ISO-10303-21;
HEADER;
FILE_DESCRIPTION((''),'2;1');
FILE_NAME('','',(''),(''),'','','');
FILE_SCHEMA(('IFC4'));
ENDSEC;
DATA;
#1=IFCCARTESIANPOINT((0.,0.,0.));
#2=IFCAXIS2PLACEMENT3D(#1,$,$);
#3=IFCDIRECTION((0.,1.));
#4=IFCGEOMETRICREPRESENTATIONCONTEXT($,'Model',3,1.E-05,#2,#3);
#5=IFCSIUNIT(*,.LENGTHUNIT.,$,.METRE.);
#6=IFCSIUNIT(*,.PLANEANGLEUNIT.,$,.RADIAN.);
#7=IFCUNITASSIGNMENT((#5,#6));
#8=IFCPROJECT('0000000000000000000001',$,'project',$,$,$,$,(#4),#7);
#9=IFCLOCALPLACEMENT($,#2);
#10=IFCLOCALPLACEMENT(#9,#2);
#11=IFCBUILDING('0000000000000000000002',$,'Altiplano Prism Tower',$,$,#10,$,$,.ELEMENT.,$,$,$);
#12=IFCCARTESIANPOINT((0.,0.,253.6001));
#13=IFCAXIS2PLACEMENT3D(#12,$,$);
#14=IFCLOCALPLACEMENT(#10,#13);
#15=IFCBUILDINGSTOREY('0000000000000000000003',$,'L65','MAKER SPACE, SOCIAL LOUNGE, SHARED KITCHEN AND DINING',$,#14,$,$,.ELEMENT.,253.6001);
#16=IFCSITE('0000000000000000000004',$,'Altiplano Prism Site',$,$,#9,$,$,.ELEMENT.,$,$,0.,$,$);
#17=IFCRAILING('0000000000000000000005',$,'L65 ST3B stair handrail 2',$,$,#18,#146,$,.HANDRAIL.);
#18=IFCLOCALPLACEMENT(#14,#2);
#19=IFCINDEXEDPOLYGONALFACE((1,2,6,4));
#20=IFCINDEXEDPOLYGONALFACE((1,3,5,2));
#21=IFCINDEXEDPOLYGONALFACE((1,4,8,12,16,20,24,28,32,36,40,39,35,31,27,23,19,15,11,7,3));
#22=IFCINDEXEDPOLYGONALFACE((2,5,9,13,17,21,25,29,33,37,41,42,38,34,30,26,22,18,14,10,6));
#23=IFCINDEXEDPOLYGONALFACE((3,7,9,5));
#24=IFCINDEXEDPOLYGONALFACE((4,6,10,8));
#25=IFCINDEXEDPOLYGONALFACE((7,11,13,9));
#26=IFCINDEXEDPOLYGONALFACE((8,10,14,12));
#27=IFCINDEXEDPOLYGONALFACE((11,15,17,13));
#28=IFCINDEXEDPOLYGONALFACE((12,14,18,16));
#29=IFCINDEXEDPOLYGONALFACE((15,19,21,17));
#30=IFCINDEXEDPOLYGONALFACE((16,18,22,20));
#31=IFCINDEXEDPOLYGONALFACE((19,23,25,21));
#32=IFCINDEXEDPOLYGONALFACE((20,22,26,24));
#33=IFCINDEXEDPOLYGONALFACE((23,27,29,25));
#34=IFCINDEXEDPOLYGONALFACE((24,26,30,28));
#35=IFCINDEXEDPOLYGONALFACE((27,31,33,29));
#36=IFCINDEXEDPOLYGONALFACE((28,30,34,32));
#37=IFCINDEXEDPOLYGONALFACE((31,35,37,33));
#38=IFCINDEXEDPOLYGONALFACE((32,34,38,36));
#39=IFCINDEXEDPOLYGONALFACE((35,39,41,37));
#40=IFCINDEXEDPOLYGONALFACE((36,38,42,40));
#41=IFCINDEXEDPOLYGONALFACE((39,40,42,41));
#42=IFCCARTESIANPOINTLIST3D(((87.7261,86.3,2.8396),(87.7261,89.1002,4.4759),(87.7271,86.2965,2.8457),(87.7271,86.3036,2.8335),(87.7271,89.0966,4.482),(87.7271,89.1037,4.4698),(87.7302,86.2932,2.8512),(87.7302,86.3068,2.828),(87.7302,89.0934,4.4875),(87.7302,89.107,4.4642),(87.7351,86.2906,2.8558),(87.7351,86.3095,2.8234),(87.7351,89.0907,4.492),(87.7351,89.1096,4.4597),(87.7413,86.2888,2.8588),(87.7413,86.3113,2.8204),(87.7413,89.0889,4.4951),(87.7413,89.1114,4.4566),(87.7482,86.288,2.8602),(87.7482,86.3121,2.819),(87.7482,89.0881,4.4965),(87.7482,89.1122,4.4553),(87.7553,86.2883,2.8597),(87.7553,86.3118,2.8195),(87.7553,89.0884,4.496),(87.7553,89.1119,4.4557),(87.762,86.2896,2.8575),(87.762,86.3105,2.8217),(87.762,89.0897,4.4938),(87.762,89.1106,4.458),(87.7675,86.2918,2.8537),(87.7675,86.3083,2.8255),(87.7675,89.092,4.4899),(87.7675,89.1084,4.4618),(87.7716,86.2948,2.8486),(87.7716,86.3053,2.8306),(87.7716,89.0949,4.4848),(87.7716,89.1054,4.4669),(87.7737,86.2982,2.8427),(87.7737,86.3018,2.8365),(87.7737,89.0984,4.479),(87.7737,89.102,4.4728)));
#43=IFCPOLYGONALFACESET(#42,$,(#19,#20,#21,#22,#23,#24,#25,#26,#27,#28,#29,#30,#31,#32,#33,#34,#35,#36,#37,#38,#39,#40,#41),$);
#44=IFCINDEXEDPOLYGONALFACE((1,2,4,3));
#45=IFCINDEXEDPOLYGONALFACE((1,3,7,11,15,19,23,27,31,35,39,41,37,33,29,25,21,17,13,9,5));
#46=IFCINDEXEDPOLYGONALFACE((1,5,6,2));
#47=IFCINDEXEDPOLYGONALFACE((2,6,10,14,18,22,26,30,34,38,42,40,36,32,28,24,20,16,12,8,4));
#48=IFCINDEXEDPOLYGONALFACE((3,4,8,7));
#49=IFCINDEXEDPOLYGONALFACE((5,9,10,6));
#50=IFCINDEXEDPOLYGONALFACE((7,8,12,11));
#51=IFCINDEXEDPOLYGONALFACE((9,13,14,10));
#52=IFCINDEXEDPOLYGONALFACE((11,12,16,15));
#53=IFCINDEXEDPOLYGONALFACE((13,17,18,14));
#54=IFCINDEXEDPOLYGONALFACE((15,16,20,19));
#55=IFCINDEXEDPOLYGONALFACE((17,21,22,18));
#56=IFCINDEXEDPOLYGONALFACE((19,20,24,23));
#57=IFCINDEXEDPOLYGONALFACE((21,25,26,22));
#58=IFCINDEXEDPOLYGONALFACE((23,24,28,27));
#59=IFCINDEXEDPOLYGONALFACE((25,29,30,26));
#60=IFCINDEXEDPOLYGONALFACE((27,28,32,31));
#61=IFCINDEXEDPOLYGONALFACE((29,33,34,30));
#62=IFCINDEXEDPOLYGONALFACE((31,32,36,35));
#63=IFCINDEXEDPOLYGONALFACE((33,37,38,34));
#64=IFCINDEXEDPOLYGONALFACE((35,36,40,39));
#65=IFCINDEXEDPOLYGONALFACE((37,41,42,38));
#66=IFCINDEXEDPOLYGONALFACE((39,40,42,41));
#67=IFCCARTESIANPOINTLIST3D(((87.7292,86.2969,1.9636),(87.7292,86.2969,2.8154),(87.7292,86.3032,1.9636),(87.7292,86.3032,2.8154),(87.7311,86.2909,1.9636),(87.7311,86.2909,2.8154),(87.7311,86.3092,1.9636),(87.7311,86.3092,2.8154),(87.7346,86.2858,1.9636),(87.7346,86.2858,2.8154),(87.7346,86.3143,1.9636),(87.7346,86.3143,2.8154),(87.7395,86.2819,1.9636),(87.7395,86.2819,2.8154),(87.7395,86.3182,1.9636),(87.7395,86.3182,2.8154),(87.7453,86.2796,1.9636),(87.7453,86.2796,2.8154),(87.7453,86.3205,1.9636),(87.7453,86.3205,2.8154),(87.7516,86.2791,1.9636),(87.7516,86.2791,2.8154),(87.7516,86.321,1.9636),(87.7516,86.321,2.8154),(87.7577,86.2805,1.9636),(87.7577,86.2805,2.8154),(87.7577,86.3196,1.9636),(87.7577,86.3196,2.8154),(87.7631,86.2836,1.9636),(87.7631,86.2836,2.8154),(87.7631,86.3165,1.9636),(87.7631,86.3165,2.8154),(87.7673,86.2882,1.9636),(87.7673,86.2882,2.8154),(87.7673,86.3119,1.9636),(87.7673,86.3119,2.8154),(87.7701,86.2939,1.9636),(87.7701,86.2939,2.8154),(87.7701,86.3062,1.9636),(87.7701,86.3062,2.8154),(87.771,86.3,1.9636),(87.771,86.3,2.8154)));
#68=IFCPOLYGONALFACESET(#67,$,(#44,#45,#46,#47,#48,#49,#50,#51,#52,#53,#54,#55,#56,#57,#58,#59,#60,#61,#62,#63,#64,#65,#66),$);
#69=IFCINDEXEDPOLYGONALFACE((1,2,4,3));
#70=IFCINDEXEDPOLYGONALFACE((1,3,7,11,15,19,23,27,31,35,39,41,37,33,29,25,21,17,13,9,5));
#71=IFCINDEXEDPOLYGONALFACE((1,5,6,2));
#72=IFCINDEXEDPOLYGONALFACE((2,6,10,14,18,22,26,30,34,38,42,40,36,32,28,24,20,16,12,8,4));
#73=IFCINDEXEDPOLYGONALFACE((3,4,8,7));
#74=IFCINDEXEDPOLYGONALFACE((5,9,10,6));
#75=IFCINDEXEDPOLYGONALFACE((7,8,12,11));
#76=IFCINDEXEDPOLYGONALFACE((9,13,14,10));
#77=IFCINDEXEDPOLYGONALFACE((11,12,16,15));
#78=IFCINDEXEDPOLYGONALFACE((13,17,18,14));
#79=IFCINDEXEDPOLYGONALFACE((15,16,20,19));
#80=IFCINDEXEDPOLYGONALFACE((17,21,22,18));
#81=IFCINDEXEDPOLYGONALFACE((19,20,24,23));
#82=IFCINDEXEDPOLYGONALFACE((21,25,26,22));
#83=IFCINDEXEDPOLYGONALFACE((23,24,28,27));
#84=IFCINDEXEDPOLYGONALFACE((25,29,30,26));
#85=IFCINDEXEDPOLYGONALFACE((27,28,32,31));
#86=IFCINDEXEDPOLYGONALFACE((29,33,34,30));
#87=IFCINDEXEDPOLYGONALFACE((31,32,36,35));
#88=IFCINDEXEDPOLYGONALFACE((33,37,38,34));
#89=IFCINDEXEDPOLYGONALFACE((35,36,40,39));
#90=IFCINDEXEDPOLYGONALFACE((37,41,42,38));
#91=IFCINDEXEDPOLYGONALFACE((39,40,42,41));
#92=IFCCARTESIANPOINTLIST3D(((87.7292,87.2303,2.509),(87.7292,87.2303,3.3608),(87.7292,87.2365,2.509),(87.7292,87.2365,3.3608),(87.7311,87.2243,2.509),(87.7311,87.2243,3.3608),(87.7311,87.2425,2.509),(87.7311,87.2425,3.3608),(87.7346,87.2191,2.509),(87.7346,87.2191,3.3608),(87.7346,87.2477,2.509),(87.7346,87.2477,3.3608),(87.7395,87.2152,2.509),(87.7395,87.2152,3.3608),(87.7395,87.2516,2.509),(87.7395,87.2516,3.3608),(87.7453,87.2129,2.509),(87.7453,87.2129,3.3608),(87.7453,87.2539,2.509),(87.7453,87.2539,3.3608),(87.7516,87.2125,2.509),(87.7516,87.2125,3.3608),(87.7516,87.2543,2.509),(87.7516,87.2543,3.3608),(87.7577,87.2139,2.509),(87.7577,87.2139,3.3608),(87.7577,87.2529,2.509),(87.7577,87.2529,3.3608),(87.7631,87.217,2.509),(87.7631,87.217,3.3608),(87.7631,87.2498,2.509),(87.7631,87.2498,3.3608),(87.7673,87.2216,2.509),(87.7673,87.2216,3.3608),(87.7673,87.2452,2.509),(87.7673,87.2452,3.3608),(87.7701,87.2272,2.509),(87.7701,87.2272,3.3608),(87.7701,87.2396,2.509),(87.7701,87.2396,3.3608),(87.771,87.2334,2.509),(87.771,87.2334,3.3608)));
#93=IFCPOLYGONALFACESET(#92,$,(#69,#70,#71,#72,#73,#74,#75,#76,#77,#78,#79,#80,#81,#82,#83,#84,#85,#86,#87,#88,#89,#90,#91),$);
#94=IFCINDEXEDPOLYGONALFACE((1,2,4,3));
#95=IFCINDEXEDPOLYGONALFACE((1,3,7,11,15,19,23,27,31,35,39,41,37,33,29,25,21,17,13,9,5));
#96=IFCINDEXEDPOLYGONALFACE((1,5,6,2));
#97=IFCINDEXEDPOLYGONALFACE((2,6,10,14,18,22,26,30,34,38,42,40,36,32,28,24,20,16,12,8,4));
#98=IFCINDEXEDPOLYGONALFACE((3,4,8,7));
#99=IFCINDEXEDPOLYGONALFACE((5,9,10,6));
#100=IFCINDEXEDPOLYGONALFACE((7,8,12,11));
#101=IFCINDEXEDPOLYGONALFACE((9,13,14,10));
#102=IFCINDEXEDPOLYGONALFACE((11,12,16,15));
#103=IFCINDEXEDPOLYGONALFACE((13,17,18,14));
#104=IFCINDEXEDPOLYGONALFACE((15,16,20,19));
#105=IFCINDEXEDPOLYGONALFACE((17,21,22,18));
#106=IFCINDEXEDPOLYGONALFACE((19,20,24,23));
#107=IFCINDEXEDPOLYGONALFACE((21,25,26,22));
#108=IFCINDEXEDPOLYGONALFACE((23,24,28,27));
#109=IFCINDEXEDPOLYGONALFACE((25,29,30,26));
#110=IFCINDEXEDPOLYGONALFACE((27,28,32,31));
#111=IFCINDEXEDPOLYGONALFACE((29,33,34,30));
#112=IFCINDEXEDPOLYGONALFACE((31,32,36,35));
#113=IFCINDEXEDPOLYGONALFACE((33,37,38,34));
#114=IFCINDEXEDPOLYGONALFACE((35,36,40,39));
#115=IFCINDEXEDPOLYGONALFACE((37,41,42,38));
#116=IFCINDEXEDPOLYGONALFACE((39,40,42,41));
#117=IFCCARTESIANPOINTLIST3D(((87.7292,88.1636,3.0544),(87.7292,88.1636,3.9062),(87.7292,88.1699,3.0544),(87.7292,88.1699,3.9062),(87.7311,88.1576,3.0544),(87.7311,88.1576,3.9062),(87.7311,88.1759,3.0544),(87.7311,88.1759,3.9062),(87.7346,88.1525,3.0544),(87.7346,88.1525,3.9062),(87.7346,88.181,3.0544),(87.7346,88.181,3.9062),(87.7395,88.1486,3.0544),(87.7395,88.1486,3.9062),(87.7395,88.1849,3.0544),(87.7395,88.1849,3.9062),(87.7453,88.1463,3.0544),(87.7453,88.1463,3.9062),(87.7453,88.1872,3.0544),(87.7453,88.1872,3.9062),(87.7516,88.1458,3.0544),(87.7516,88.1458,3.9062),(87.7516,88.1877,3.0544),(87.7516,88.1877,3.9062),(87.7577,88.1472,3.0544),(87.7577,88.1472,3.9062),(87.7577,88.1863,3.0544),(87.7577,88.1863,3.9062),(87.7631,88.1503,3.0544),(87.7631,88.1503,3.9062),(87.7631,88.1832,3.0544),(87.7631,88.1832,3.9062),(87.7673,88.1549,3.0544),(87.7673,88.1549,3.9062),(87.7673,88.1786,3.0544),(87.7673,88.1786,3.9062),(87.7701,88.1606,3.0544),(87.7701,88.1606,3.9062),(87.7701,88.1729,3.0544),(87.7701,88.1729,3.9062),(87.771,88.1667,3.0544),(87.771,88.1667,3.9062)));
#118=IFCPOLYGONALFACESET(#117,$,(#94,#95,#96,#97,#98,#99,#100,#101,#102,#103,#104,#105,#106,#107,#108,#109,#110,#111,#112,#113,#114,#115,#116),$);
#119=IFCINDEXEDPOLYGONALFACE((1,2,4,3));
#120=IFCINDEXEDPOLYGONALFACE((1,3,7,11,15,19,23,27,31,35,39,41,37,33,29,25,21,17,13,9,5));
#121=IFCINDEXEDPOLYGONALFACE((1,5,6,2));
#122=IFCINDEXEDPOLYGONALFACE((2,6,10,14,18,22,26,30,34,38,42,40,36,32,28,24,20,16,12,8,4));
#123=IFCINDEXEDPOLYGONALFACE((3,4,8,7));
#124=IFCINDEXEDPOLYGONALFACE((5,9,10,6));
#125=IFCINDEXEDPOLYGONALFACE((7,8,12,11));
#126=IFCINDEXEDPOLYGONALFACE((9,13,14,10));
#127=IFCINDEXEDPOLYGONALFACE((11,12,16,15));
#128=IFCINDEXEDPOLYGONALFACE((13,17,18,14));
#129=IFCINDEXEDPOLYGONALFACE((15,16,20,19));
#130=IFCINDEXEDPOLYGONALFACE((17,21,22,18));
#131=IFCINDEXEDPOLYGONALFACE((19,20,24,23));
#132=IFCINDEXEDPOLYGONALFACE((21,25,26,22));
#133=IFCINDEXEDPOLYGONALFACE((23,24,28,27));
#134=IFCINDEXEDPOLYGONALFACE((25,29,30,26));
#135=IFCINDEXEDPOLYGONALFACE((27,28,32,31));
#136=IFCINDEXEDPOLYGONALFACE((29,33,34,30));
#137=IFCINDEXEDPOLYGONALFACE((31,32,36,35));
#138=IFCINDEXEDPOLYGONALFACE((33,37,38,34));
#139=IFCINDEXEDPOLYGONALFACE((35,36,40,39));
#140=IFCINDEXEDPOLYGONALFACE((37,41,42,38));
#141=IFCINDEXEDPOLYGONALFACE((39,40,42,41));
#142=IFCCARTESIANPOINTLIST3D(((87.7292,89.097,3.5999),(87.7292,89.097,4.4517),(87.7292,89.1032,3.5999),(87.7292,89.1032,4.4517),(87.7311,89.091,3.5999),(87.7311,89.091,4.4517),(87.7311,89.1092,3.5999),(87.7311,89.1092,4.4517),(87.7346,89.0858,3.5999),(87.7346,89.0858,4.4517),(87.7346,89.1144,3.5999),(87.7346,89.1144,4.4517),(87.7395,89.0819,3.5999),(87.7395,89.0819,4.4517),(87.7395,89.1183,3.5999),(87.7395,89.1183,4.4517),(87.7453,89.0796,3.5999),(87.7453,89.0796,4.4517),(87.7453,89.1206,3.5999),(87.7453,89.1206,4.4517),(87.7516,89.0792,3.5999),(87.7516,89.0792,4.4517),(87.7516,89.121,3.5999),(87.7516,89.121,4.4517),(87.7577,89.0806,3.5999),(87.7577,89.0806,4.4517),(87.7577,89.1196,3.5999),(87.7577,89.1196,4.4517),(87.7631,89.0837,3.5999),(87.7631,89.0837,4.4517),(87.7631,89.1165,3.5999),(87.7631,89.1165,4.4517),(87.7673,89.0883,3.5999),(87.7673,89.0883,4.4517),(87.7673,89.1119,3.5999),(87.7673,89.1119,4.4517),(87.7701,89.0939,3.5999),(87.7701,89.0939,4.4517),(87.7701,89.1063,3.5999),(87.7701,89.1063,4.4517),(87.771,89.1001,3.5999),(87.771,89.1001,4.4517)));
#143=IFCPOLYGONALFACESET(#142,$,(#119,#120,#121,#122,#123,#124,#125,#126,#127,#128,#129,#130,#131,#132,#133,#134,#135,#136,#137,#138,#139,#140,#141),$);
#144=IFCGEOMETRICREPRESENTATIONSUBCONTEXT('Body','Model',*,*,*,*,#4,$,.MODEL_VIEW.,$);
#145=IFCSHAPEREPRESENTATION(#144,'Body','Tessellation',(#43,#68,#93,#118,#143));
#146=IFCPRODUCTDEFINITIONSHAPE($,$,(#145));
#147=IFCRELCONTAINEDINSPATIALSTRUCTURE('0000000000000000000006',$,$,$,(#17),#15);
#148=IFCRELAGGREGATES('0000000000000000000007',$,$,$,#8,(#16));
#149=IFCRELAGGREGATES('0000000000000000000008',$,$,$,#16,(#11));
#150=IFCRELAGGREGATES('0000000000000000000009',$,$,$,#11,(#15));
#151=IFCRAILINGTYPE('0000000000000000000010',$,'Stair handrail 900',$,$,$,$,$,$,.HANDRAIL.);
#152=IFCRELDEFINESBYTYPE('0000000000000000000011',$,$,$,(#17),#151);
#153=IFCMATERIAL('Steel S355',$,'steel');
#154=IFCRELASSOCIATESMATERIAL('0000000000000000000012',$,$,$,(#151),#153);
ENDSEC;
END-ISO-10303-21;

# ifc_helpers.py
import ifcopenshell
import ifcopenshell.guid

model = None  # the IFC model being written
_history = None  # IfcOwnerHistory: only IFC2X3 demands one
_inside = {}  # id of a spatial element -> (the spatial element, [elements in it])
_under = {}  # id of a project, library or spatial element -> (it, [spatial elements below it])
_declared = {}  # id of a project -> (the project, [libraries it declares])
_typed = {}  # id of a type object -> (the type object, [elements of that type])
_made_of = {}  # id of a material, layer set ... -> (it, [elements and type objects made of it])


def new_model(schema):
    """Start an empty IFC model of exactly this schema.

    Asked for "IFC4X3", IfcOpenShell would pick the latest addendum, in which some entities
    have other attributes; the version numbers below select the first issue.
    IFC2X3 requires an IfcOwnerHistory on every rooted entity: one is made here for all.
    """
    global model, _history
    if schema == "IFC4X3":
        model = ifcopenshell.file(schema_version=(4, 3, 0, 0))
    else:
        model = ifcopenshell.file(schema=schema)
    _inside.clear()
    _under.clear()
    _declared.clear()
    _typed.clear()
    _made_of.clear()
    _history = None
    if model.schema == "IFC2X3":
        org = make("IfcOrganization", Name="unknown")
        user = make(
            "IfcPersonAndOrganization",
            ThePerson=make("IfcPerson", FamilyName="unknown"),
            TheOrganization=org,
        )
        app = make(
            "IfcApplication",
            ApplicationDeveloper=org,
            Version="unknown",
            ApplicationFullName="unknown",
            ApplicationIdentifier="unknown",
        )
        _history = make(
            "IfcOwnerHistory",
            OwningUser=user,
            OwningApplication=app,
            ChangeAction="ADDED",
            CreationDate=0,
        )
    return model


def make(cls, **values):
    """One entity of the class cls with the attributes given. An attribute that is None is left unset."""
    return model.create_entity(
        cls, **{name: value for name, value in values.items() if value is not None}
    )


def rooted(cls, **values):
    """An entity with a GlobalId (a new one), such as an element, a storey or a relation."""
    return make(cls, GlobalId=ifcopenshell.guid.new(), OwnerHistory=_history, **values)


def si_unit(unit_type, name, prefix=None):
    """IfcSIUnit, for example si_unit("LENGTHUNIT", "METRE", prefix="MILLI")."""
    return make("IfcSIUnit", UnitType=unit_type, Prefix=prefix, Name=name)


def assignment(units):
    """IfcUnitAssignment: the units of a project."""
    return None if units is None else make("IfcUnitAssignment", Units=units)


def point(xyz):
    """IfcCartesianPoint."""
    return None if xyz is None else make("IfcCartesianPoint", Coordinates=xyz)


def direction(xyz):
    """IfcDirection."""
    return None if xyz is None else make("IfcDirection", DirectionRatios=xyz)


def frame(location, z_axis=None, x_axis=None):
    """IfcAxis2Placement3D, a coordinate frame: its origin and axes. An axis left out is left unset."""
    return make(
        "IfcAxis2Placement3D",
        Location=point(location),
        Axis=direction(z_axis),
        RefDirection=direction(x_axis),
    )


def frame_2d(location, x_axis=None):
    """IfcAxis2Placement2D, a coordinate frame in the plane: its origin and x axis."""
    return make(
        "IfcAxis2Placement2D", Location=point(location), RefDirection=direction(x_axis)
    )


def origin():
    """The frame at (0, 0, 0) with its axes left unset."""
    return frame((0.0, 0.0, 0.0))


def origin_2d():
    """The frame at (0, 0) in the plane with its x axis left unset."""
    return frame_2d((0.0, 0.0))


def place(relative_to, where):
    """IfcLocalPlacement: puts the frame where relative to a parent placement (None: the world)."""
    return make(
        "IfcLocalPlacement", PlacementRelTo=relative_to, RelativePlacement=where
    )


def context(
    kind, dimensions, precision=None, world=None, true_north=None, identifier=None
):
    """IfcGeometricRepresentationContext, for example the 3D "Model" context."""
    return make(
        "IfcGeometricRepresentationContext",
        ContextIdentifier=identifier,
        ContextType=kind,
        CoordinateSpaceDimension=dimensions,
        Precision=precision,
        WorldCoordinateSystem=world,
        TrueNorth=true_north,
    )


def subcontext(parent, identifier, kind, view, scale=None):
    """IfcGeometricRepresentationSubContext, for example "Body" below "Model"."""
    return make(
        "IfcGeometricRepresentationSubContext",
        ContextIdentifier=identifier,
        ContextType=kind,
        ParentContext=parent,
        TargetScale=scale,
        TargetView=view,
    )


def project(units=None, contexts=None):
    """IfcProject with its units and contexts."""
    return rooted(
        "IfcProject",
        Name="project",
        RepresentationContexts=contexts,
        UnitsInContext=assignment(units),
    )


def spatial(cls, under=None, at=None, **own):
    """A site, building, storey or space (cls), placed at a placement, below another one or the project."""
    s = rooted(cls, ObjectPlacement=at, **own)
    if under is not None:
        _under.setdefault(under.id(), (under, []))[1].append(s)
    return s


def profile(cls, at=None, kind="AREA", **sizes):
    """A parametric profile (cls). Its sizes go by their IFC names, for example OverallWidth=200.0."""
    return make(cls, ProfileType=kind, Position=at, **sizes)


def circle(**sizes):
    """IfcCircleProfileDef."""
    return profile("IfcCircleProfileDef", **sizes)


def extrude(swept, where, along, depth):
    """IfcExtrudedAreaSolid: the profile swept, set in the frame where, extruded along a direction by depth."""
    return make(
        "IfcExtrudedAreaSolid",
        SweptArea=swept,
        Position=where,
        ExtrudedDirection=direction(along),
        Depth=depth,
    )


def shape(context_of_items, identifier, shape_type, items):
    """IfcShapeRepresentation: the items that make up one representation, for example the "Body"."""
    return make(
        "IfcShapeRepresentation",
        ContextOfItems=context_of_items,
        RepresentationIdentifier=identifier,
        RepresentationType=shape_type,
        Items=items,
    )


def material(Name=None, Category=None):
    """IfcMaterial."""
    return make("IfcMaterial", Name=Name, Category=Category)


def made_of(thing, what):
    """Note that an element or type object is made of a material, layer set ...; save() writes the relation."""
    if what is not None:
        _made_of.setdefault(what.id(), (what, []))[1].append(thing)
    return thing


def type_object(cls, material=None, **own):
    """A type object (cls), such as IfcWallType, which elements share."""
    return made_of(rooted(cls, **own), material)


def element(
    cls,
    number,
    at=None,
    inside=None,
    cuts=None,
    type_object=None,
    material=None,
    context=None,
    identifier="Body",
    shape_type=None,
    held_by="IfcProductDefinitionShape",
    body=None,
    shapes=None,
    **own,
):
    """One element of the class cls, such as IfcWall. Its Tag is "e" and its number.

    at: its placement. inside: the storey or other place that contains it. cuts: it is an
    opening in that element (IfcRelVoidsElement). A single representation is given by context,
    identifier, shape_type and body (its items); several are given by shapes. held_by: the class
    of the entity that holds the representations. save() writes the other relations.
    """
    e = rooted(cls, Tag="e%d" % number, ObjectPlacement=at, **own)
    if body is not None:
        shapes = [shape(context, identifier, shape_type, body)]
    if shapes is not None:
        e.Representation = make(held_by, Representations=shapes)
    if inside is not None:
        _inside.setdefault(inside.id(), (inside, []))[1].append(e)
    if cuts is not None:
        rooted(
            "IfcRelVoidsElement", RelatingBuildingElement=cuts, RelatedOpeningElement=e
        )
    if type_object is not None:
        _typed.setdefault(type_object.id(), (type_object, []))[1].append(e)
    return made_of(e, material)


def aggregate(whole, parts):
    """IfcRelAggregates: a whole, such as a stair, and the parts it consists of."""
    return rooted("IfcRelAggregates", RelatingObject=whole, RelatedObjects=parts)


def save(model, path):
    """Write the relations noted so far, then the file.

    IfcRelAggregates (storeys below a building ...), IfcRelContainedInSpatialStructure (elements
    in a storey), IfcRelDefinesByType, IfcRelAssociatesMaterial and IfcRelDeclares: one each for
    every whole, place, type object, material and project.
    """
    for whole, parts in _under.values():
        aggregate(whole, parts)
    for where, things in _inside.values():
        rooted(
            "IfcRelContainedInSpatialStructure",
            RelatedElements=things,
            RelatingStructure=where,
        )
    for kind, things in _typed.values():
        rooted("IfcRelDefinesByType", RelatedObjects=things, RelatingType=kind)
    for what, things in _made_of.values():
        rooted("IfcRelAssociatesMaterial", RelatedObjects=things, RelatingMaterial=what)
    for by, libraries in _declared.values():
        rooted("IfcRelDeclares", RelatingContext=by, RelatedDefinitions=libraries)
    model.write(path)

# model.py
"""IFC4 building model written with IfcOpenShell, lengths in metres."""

from ifc_helpers import new_model, si_unit, direction, frame, origin, origin_2d, place, context, subcontext, project, spatial, circle, extrude, material, type_object, element, save


model = new_model("IFC4")

# Units and contexts
model_context = context("Model", 3, precision=1e-05, world=origin(), true_north=direction((0.0, 1.0)))
body_context = subcontext(model_context, "Body", "Model", "MODEL_VIEW")
ifc_project = project(units=[si_unit("LENGTHUNIT", "METRE"), si_unit("PLANEANGLEUNIT", "RADIAN")], contexts=[model_context])

# Site, building, storey
site_placement = place(None, origin())
site = spatial("IfcSite", under=ifc_project, at=site_placement, Name="Altiplano Prism Site", CompositionType="ELEMENT", RefElevation=0.0)
building_placement = place(site_placement, origin())
building = spatial("IfcBuilding", under=site, at=building_placement, Name="Altiplano Prism Tower", CompositionType="ELEMENT")
storey_placement = place(building_placement, frame((0.0, 0.0, 253.6001)))
storey = spatial("IfcBuildingStorey", under=building, at=storey_placement, Name="L65", Description="MAKER SPACE, SOCIAL LOUNGE, SHARED KITCHEN AND DINING", CompositionType="ELEMENT", Elevation=253.6001)

# Railing
ifc_material_1 = material(Name="Steel S355", Category="steel")
railing_type_1 = type_object("IfcRailingType", Name="Stair handrail 900", PredefinedType="HANDRAIL", material=ifc_material_1)
railing_1_placement = place(storey_placement, frame((87.75, 86.3, 1.9636)))
element("IfcRailing", 1, at=railing_1_placement, inside=storey, type_object=railing_type_1, Name="L65 ST3B stair handrail 2", PredefinedType="HANDRAIL", context=body_context, shape_type="SweptSolid", body=[
    extrude(circle(Radius=0.0239, at=origin_2d()), frame((0.0, 0.0, 0.876), z_axis=(0.0, 0.863394, 0.504531), x_axis=(-1.0, 0.0, 0.0)), (0.0, 0.0, 1.0), 3.2432),
    extrude(circle(Radius=0.021, at=origin_2d()), origin(), (0.0, 0.0, 1.0), 0.8518),
    extrude(circle(Radius=0.021, at=origin_2d()), frame((0.0, 0.9333, 0.5454)), (0.0, 0.0, 1.0), 0.8518),
    extrude(circle(Radius=0.021, at=origin_2d()), frame((0.0, 1.8667, 1.0908)), (0.0, 0.0, 1.0), 0.8518),
    extrude(circle(Radius=0.021, at=origin_2d()), frame((0.0, 2.8, 1.6362)), (0.0, 0.0, 1.0), 0.8518),
])

save(model, "model.ifc")
